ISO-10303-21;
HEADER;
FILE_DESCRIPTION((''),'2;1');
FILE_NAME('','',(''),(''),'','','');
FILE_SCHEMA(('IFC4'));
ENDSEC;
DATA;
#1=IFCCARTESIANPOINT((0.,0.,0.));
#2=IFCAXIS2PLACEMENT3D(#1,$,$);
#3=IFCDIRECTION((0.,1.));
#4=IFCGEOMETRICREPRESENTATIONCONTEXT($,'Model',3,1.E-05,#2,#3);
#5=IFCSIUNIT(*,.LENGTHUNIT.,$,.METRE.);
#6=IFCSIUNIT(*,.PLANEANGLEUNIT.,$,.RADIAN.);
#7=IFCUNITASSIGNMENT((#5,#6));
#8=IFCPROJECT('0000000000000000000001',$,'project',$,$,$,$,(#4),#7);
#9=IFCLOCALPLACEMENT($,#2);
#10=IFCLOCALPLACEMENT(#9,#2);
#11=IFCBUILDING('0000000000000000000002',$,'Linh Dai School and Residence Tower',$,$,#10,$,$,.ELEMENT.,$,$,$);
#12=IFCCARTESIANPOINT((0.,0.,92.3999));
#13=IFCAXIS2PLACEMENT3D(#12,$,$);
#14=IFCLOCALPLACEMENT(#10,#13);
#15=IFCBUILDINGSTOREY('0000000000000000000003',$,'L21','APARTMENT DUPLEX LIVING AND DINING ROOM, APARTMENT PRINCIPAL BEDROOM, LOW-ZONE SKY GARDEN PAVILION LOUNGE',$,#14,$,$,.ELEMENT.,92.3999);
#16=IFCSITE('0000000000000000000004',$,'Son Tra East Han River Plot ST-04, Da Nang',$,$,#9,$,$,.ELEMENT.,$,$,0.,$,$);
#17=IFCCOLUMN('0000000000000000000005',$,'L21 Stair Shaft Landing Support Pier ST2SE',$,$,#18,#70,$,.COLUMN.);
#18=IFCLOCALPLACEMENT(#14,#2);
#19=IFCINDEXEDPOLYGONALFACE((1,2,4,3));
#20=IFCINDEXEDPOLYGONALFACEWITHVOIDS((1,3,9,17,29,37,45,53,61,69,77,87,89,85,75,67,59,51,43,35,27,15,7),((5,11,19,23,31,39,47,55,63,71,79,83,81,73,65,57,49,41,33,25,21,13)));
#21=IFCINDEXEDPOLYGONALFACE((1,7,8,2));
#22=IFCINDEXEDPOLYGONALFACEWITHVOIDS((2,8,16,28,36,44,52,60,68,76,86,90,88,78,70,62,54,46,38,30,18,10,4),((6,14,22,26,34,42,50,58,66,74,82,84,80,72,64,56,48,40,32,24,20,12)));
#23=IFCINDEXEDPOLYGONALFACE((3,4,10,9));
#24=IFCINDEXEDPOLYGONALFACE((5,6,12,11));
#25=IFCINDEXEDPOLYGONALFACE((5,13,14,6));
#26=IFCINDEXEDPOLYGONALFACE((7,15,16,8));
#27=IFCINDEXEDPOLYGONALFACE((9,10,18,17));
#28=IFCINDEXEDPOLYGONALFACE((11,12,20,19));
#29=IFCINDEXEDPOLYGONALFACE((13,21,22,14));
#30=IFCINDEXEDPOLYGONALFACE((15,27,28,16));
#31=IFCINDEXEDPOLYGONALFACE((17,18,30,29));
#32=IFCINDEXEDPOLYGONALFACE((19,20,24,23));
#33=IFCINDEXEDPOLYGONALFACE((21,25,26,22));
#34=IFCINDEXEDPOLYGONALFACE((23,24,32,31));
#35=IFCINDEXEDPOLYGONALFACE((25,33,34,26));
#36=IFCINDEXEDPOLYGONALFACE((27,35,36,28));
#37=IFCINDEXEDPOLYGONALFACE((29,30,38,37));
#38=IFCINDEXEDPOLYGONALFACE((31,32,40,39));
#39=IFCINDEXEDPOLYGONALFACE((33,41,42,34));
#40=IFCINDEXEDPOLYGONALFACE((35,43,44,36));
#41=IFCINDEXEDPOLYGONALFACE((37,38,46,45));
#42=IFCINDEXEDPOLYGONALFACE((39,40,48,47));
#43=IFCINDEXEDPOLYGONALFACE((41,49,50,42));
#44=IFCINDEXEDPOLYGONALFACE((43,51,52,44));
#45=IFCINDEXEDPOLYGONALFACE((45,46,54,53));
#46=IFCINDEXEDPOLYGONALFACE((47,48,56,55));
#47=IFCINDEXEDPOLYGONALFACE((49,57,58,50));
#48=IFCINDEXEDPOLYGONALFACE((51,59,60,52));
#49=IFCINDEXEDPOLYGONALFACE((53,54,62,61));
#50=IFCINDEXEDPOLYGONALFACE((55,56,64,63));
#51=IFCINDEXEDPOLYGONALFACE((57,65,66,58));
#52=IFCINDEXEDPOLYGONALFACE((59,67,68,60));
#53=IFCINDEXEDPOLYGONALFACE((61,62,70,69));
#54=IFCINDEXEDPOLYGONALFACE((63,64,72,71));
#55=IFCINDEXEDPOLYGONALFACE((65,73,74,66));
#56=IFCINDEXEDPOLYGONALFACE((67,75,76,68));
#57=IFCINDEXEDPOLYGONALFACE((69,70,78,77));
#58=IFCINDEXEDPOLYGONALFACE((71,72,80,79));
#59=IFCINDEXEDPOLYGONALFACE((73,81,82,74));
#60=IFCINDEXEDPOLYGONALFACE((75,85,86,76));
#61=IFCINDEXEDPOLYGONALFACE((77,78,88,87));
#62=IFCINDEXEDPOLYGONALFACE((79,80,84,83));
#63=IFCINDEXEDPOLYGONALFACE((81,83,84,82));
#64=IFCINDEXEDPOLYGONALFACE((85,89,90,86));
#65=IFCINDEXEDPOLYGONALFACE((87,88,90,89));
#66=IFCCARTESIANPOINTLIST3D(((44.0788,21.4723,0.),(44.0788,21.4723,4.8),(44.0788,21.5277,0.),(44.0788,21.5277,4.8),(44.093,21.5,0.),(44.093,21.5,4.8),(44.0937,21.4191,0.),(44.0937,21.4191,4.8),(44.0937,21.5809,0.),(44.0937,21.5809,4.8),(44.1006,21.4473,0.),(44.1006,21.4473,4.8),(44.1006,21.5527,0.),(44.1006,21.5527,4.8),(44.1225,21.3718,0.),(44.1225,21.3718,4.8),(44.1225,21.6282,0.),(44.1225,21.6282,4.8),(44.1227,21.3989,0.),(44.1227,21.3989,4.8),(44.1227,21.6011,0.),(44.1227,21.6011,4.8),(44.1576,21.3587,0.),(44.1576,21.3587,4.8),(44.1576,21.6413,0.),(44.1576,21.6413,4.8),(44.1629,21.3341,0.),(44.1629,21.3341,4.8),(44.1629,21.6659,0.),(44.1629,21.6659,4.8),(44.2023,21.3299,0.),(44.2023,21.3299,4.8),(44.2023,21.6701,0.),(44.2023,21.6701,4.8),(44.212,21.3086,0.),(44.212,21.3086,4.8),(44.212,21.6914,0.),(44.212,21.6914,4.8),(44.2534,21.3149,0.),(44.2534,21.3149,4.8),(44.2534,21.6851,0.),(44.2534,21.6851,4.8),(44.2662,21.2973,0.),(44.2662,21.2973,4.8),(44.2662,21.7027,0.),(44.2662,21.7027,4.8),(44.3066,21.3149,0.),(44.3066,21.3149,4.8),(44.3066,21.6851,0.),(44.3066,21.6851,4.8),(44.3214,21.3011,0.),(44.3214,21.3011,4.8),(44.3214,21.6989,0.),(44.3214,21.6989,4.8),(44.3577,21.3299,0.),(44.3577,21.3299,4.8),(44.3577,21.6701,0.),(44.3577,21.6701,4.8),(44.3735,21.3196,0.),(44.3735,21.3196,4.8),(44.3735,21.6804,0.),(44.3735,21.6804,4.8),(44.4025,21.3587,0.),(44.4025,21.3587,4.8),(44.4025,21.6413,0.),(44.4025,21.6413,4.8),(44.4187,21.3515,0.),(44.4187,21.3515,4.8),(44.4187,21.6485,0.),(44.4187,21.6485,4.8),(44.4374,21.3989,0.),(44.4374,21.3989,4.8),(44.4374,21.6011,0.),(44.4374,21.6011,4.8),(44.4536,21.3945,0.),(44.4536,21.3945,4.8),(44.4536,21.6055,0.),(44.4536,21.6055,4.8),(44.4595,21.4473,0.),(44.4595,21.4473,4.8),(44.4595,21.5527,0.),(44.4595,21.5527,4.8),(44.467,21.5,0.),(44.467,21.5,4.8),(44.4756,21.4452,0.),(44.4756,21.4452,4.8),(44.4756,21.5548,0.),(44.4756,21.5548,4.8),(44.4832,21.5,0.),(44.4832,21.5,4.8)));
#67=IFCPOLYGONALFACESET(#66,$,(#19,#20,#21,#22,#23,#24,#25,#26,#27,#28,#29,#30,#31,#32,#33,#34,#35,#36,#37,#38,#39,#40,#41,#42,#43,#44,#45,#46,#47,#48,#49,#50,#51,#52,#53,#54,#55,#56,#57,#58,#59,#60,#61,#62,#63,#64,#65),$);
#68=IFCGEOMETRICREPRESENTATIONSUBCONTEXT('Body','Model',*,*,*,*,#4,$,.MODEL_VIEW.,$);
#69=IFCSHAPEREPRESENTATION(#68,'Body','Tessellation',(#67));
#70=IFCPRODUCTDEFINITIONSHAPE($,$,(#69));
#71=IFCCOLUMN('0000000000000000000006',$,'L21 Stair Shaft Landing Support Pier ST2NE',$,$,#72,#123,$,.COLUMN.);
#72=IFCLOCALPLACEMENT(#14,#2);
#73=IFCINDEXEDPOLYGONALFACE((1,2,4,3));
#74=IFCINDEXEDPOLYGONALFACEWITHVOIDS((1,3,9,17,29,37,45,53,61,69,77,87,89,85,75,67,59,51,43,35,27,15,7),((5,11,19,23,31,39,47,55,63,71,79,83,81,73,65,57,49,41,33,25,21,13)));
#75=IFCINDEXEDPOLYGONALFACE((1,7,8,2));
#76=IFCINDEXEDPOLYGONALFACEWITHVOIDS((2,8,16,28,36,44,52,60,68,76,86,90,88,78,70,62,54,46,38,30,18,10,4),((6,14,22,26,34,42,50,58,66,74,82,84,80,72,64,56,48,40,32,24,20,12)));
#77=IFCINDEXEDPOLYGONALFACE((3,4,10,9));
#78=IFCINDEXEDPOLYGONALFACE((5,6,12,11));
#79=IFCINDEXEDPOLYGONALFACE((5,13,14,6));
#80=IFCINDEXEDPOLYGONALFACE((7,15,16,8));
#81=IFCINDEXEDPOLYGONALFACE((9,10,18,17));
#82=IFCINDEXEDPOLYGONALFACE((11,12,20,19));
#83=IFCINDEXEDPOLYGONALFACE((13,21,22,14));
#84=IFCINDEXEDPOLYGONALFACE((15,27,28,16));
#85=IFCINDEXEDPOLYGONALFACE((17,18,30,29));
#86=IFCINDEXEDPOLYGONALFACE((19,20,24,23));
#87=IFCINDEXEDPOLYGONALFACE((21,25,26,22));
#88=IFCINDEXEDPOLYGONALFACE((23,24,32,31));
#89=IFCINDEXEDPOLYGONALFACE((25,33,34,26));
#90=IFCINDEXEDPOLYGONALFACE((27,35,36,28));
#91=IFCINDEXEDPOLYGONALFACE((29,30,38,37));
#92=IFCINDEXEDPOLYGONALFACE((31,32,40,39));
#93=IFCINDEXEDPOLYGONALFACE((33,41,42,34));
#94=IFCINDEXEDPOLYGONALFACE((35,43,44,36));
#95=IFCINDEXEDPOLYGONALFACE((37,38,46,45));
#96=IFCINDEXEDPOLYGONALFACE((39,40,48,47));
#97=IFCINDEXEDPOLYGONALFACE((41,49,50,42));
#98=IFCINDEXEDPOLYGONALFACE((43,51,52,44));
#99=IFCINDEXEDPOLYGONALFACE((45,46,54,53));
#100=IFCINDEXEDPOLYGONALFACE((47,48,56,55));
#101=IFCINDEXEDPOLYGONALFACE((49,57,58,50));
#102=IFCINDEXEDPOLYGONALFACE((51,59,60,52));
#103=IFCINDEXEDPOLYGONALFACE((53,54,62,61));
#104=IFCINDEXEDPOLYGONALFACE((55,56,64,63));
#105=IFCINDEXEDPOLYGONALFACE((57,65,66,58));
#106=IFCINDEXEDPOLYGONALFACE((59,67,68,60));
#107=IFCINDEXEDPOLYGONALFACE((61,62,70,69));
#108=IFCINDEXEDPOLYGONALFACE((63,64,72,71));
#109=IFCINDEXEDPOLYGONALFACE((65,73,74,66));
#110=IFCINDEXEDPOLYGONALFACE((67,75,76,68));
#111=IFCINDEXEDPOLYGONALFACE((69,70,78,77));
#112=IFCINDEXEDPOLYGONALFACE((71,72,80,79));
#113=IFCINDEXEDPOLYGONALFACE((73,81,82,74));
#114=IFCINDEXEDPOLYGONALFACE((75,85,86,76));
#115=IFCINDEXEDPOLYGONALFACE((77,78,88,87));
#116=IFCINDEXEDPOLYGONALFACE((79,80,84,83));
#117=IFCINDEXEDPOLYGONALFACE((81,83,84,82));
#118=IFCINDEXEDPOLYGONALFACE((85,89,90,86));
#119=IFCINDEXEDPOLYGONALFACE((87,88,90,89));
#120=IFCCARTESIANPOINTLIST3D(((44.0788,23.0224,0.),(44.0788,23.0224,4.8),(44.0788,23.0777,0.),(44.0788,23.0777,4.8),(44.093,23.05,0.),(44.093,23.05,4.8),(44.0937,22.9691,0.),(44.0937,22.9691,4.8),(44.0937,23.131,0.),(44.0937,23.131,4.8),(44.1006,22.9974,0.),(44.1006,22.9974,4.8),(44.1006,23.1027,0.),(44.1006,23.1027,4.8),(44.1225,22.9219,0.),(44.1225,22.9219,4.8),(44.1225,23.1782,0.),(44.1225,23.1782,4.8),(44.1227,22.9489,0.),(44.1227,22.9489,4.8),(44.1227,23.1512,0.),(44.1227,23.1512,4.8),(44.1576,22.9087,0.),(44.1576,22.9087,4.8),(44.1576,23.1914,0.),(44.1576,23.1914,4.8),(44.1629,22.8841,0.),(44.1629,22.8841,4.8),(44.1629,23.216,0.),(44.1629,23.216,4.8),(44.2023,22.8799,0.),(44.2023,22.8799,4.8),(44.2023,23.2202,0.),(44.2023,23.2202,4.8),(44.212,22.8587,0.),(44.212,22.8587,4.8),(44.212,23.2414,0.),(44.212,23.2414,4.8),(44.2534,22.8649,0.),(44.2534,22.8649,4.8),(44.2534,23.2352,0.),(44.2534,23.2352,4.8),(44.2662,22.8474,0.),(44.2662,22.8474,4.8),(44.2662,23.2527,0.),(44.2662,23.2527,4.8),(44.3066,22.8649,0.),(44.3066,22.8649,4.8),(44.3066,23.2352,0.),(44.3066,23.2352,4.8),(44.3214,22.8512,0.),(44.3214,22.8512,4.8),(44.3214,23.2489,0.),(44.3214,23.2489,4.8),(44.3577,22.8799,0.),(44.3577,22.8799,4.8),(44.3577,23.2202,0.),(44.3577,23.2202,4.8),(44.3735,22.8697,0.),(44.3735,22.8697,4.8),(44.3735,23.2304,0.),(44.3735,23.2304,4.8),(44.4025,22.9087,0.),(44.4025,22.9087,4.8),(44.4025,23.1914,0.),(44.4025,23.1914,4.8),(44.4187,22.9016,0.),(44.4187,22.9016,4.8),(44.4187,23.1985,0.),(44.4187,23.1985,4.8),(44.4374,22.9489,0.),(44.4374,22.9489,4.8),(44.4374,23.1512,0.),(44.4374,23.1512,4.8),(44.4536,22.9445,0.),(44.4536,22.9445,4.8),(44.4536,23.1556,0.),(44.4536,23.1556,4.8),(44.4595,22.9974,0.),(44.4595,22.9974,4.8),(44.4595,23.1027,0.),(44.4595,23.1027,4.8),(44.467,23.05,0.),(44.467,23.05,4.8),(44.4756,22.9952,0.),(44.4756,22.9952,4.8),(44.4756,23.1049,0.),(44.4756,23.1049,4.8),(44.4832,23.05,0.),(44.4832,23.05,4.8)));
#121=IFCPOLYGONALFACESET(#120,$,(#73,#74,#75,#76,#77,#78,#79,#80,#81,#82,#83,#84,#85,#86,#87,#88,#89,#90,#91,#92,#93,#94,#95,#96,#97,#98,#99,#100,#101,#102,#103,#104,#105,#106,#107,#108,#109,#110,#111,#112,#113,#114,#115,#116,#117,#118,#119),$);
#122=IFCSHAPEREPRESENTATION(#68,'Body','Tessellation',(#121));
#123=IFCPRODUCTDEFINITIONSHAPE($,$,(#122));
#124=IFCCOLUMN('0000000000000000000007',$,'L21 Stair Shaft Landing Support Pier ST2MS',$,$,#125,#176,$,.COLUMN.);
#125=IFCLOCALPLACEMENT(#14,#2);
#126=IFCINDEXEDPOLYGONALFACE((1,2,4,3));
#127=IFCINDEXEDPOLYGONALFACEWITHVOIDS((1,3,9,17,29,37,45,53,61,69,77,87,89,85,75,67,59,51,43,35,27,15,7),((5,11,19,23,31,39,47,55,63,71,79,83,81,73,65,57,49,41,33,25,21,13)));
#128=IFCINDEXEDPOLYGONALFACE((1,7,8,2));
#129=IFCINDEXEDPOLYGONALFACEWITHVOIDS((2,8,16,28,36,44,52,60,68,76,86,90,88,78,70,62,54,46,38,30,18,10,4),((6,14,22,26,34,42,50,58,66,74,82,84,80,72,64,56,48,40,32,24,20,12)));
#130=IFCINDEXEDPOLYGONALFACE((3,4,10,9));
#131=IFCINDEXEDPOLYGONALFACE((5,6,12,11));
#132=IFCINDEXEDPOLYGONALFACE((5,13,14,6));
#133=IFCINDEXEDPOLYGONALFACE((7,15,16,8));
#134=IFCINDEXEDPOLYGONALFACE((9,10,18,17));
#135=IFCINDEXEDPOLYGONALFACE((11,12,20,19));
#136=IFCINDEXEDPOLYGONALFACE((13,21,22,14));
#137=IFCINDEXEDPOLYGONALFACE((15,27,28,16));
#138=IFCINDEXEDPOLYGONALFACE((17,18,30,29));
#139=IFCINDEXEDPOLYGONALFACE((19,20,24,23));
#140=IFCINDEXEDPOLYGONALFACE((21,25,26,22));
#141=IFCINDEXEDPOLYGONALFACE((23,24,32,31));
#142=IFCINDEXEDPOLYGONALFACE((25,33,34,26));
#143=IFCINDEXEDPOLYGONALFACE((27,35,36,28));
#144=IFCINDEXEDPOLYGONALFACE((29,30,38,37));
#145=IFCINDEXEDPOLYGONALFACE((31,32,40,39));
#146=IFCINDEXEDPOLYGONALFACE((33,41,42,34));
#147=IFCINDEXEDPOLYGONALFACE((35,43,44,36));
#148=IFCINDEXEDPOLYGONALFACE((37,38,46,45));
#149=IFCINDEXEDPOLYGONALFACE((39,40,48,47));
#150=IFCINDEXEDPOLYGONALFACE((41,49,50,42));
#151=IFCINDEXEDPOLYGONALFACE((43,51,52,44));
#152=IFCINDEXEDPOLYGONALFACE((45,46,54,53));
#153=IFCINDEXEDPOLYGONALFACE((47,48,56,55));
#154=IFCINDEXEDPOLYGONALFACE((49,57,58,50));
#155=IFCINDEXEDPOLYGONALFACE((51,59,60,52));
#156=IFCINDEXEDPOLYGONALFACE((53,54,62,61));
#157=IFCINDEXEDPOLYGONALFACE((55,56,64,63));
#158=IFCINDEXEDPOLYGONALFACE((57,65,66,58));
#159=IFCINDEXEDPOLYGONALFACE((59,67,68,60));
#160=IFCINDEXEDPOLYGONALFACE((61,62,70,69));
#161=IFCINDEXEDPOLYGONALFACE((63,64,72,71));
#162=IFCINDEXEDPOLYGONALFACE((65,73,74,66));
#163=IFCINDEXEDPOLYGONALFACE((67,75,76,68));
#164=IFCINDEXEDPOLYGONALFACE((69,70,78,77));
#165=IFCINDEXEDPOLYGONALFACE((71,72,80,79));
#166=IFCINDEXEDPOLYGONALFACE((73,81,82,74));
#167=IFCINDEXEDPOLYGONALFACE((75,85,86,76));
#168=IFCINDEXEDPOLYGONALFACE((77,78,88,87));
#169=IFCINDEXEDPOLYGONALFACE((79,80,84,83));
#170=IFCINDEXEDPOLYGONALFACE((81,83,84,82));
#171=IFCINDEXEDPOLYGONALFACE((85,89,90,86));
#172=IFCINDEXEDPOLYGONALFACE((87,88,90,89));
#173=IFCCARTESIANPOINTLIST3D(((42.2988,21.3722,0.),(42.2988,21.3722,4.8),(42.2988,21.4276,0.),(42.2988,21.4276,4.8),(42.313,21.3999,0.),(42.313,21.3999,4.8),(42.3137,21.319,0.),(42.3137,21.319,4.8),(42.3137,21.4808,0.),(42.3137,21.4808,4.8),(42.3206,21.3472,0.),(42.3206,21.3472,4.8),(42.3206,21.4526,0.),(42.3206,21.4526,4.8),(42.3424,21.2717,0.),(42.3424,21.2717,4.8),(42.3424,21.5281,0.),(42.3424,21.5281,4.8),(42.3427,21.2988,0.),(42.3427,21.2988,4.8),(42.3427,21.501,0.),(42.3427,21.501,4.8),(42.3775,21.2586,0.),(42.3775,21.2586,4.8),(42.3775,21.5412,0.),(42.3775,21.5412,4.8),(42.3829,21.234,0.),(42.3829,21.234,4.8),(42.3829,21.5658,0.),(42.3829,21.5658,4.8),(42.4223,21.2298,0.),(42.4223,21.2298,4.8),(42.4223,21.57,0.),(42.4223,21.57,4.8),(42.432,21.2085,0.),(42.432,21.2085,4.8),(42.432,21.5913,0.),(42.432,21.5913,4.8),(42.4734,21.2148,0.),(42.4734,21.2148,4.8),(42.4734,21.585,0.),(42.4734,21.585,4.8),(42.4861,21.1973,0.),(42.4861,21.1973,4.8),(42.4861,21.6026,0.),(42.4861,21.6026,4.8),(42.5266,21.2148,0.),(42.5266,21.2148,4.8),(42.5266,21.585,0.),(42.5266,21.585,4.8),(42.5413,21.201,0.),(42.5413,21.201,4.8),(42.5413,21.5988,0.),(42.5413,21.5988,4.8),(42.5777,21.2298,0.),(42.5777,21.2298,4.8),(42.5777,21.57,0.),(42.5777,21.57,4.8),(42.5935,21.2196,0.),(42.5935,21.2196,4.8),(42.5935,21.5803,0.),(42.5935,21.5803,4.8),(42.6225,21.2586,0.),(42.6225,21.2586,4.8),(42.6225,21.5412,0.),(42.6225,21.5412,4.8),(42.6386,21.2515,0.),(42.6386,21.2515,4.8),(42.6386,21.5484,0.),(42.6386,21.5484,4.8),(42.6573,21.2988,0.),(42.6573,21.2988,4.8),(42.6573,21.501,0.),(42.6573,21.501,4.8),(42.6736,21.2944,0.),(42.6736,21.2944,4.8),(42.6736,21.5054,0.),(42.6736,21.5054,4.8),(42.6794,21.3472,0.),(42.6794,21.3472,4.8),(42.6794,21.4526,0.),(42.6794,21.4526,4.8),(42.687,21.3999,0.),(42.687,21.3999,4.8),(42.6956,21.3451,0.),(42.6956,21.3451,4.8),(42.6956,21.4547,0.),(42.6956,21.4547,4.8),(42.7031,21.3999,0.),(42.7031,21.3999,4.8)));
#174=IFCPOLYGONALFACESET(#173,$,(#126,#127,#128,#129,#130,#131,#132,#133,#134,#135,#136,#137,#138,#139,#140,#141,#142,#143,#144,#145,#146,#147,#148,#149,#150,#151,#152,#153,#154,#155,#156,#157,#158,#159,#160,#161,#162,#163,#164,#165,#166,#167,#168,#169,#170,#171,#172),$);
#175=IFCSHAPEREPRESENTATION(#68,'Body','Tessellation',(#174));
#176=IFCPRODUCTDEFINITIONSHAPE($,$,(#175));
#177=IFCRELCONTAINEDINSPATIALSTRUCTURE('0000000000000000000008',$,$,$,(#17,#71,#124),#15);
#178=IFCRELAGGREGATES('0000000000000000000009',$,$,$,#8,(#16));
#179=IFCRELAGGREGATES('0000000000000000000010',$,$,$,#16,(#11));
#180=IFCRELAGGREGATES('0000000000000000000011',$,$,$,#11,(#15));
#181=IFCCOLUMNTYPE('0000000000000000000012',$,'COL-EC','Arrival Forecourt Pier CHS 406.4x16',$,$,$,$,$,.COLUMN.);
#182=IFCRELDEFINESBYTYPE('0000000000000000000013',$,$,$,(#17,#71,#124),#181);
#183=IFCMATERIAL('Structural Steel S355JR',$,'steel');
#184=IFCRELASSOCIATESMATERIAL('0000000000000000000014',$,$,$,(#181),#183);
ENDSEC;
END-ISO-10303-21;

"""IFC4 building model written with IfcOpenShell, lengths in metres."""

from ifc_helpers import new_model, si_unit, direction, frame, origin, origin_2d, place, context, subcontext, project, spatial, hollow_circle, extrude, material, material_profile, profile_set, type_object, element, save


model = new_model("IFC4")

# Units and contexts
model_context = context("Model", 3, precision=1e-05, world=origin(), true_north=direction((0.0, 1.0)))
body_context = subcontext(model_context, "Body", "Model", "MODEL_VIEW")
ifc_project = project(units=[si_unit("LENGTHUNIT", "METRE"), si_unit("PLANEANGLEUNIT", "RADIAN")], contexts=[model_context])

# Site, building, storey
site_placement = place(None, origin())
site = spatial("IfcSite", under=ifc_project, at=site_placement, Name="Son Tra East Han River Plot ST-04, Da Nang", CompositionType="ELEMENT", RefElevation=0.0)
building_placement = place(site_placement, origin())
building = spatial("IfcBuilding", under=site, at=building_placement, Name="Linh Dai School and Residence Tower", CompositionType="ELEMENT")
storey_placement = place(building_placement, frame((0.0, 0.0, 92.3999)))
storey = spatial("IfcBuildingStorey", under=building, at=storey_placement, Name="L21", Description="APARTMENT DUPLEX LIVING AND DINING ROOM, APARTMENT PRINCIPAL BEDROOM, LOW-ZONE SKY GARDEN PAVILION LOUNGE", CompositionType="ELEMENT", Elevation=92.3999)

# Columns
ifc_material_1 = material(Name="Structural Steel S355JR", Category="steel")
ifc_material_profile_1 = material_profile(ifc_material_1, hollow_circle(Radius=0.2031, WallThickness=0.0161, at=origin_2d()), Name="CHS 406.4x16")
ifc_profile_set_1 = profile_set([ifc_material_profile_1], Name="Structural Steel S355JR")
column_type_1 = type_object("IfcColumnType", Name="COL-EC", Description="Arrival Forecourt Pier CHS 406.4x16", PredefinedType="COLUMN", material=ifc_profile_set_1)
for number, where, z_axis, x_axis, name in (
    (1, (44.28, 21.5, 0.0), (0.0, 0.0, 1.0), (1.0, 0.0, 0.0), "L21 Stair Shaft Landing Support Pier ST2SE"),
    (2, (44.28, 23.05, 0.0), (0.0, 0.0, 1.0), (1.0, 0.0, 0.0), "L21 Stair Shaft Landing Support Pier ST2NE"),
    (3, (42.5, 21.3999, 0.0), (0.0, 0.0, 1.0), (1.0, 0.0, 0.0), "L21 Stair Shaft Landing Support Pier ST2MS"),
):
    element("IfcColumn", number, at=place(storey_placement, frame(where, z_axis=z_axis, x_axis=x_axis)), inside=storey, type_object=column_type_1, Name=name, PredefinedType="COLUMN", context=body_context, shape_type="SweptSolid", body=[
        extrude(hollow_circle(Radius=0.2031, WallThickness=0.0161, at=origin_2d()), origin(), (0.0, 0.0, 1.0), 4.8),
    ])

save(model, "model.ifc")
